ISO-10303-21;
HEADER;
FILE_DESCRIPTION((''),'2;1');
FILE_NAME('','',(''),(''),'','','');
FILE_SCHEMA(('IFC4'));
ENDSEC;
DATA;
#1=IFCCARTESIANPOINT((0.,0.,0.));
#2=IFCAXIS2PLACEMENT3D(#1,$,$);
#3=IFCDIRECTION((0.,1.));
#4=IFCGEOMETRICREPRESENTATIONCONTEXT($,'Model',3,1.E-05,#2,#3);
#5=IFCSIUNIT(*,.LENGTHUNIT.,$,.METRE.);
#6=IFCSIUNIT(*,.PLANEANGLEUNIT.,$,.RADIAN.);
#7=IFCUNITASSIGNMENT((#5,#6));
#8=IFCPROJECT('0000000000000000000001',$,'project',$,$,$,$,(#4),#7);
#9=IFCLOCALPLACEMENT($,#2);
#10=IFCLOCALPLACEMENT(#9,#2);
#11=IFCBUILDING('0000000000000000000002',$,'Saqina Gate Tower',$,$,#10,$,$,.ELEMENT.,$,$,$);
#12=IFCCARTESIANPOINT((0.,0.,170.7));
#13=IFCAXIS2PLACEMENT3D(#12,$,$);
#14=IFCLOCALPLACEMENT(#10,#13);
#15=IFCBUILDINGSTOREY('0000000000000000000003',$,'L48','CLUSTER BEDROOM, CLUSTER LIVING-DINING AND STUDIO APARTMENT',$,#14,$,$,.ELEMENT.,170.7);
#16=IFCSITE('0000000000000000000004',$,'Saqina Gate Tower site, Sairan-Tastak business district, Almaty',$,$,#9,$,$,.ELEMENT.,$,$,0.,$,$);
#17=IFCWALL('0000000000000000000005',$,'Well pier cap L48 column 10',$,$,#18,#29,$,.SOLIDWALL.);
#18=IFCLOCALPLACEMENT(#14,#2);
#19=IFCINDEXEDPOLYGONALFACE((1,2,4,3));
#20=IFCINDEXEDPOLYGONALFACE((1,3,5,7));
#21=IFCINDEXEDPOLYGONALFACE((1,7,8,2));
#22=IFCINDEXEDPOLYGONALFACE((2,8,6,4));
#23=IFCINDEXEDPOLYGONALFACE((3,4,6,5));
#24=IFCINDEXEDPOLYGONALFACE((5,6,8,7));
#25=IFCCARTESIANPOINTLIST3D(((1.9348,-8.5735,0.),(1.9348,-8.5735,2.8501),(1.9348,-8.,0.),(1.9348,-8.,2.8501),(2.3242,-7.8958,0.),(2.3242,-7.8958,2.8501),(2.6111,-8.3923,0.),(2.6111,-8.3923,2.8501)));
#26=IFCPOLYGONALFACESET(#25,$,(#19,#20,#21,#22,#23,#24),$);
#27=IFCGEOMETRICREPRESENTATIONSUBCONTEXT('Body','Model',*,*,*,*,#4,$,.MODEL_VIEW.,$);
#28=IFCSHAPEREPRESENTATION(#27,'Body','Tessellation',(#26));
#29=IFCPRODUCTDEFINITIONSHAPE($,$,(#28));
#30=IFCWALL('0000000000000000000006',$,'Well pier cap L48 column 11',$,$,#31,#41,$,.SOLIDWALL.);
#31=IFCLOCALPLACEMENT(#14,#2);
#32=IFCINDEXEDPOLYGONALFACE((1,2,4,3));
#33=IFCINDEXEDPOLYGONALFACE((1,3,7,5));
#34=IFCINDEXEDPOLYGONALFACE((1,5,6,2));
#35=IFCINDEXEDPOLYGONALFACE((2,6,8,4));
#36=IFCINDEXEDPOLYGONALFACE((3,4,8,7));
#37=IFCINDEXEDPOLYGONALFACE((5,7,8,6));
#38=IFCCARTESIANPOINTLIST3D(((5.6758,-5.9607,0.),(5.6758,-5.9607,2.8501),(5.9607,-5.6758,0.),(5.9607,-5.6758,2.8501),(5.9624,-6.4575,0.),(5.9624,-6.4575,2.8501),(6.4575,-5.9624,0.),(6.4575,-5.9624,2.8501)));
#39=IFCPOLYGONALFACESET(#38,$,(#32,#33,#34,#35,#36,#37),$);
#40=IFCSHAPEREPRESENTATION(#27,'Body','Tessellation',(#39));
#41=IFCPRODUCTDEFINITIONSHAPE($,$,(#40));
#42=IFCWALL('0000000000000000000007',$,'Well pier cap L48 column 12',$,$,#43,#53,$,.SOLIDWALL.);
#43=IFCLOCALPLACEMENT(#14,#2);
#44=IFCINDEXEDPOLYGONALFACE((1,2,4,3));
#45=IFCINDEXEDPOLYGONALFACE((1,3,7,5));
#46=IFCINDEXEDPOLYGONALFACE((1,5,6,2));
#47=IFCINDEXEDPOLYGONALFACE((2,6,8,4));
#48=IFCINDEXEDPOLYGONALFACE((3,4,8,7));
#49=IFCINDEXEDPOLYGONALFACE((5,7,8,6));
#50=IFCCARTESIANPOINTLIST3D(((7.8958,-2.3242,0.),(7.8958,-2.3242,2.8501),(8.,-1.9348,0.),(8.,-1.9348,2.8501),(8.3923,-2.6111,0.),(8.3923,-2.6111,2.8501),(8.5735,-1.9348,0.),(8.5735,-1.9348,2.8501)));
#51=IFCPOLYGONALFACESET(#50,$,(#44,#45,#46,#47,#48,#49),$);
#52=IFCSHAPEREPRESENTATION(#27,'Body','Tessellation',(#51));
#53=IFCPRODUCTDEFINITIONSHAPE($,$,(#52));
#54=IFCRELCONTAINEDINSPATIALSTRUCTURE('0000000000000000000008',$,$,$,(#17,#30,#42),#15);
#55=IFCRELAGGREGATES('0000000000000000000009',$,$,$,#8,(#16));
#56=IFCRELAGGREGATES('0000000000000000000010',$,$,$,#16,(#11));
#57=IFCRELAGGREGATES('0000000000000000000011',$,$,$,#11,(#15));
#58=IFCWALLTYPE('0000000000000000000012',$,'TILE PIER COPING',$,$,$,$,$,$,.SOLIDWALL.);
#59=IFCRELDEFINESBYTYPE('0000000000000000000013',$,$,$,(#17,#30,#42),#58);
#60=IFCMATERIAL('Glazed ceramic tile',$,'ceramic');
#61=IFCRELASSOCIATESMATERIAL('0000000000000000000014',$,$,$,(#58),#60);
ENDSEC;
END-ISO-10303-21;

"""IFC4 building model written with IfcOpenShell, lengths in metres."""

from ifc_helpers import new_model, si_unit, direction, frame, origin, place, context, subcontext, project, spatial, polyline, outline, extrude, material, type_object, element, save


model = new_model("IFC4")

# Units and contexts
model_context = context("Model", 3, precision=1e-05, world=origin(), true_north=direction((0.0, 1.0)))
body_context = subcontext(model_context, "Body", "Model", "MODEL_VIEW")
ifc_project = project(units=[si_unit("LENGTHUNIT", "METRE"), si_unit("PLANEANGLEUNIT", "RADIAN")], contexts=[model_context])

# Site, building, storey
site_placement = place(None, origin())
site = spatial("IfcSite", under=ifc_project, at=site_placement, Name="Saqina Gate Tower site, Sairan-Tastak business district, Almaty", CompositionType="ELEMENT", RefElevation=0.0)
building_placement = place(site_placement, origin())
building = spatial("IfcBuilding", under=site, at=building_placement, Name="Saqina Gate Tower", CompositionType="ELEMENT")
storey_placement = place(building_placement, frame((0.0, 0.0, 170.7)))
storey = spatial("IfcBuildingStorey", under=building, at=storey_placement, Name="L48", Description="CLUSTER BEDROOM, CLUSTER LIVING-DINING AND STUDIO APARTMENT", CompositionType="ELEMENT", Elevation=170.7)

# Walls
ifc_material_1 = material(Name="Glazed ceramic tile", Category="ceramic")
wall_type_1 = type_object("IfcWallType", Name="TILE PIER COPING", PredefinedType="SOLIDWALL", material=ifc_material_1)
wall_1_placement = place(storey_placement, origin())
element("IfcWall", 1, at=wall_1_placement, inside=storey, type_object=wall_type_1, Name="Well pier cap L48 column 10", PredefinedType="SOLIDWALL", context=body_context, shape_type="SweptSolid", body=[
    extrude(outline(polyline([(2.6111, -8.3923), (2.3242, -7.8958), (1.9348, -8.0), (1.9348, -8.5735), (2.6111, -8.3923)])), origin(), (0.0, 0.0, 1.0), 2.8501),
])
wall_2_placement = place(storey_placement, origin())
element("IfcWall", 2, at=wall_2_placement, inside=storey, type_object=wall_type_1, Name="Well pier cap L48 column 11", PredefinedType="SOLIDWALL", context=body_context, shape_type="SweptSolid", body=[
    extrude(outline(polyline([(5.9624, -6.4575), (6.4575, -5.9624), (5.9607, -5.6758), (5.6758, -5.9607), (5.9624, -6.4575)])), origin(), (0.0, 0.0, 1.0), 2.8501),
])
wall_3_placement = place(storey_placement, origin())
element("IfcWall", 3, at=wall_3_placement, inside=storey, type_object=wall_type_1, Name="Well pier cap L48 column 12", PredefinedType="SOLIDWALL", context=body_context, shape_type="SweptSolid", body=[
    extrude(outline(polyline([(8.5735, -1.9348), (8.0, -1.9348), (7.8958, -2.3242), (8.3923, -2.6111), (8.5735, -1.9348)])), origin(), (0.0, 0.0, 1.0), 2.8501),
])

save(model, "model.ifc")
